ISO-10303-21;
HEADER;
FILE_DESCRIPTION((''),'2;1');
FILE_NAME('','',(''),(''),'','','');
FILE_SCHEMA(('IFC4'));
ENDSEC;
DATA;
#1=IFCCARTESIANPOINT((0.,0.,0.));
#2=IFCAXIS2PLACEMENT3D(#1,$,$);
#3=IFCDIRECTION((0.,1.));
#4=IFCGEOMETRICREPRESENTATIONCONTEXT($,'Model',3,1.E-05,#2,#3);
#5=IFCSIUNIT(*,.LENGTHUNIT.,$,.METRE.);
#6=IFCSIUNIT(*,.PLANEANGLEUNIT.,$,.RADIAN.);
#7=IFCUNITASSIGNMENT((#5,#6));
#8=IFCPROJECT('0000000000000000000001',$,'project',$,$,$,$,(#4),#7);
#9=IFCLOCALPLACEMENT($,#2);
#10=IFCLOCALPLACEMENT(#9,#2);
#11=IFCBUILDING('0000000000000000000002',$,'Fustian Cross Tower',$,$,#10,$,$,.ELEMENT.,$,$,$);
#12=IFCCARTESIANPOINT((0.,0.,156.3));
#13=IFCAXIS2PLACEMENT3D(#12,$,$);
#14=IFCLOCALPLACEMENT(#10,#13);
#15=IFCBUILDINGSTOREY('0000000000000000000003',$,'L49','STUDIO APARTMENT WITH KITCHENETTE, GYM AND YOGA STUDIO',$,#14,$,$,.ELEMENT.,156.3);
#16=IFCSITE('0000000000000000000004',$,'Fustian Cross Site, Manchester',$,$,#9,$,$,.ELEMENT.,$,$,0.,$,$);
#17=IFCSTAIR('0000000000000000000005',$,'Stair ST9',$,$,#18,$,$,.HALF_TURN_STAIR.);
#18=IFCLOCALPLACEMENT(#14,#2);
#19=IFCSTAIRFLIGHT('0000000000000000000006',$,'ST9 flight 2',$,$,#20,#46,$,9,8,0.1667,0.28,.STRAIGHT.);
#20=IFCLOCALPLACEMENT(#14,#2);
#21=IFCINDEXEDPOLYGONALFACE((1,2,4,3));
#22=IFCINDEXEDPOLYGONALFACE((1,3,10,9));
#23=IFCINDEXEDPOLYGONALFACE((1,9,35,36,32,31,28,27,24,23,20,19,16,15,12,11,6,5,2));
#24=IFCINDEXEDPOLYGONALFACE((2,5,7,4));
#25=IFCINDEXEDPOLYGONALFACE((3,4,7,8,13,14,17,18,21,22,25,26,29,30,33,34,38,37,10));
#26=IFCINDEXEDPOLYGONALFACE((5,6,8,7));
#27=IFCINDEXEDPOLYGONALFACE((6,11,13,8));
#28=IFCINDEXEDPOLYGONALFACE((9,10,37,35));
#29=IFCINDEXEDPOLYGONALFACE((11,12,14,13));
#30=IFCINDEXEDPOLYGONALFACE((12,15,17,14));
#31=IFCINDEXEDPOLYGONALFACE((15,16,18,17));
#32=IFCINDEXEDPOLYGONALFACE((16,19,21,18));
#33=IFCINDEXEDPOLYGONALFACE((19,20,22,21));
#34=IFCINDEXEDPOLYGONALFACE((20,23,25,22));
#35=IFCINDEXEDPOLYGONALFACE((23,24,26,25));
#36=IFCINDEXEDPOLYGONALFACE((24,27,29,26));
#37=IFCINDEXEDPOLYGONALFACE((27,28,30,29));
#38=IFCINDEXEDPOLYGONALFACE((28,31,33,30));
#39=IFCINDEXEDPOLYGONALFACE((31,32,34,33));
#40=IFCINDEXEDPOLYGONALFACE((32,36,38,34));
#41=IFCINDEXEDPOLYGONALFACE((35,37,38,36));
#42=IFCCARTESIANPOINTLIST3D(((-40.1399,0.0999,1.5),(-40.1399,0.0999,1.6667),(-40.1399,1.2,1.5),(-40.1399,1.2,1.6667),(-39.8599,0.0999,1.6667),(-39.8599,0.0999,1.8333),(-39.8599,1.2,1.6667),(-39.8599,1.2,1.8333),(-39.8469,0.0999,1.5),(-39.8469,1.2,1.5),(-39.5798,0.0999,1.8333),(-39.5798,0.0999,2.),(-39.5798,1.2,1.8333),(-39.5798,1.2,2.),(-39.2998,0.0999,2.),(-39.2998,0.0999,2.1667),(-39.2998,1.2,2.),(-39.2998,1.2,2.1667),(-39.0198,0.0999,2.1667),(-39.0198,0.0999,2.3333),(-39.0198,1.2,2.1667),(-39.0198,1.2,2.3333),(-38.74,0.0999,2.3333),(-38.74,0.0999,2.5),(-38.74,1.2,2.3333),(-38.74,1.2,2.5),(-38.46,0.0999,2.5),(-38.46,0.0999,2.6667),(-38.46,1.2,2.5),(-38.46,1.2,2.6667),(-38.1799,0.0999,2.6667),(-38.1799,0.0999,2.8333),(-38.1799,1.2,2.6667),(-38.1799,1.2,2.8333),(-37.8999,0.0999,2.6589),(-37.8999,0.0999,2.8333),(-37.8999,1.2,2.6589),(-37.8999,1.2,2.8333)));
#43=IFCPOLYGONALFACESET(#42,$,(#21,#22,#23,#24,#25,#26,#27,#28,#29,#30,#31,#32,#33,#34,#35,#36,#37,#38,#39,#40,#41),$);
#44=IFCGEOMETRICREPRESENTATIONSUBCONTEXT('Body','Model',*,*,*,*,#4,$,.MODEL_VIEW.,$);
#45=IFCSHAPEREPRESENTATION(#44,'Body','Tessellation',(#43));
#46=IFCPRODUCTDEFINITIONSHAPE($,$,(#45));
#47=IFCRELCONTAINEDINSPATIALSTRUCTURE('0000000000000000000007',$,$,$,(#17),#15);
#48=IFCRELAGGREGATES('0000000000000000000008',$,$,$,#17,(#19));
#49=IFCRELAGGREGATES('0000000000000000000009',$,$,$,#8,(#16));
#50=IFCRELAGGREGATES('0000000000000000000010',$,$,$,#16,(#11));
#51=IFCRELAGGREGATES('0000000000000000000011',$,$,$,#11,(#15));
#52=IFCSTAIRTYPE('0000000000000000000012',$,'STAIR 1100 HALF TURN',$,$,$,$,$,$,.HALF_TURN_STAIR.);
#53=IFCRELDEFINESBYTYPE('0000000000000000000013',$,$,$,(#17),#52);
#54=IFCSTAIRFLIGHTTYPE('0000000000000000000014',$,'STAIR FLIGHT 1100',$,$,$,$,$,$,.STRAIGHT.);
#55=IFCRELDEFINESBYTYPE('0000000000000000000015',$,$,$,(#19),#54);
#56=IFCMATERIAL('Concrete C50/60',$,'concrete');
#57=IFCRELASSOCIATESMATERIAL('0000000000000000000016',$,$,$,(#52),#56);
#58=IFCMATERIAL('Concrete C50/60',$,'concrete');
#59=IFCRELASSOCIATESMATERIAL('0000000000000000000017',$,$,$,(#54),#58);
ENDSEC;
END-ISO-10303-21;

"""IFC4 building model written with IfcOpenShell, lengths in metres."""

from ifc_helpers import new_model, si_unit, direction, frame, origin, place, context, subcontext, project, spatial, polyline, outline, extrude, material, type_object, element, aggregate, save


model = new_model("IFC4")

# Units and contexts
model_context = context("Model", 3, precision=1e-05, world=origin(), true_north=direction((0.0, 1.0)))
body_context = subcontext(model_context, "Body", "Model", "MODEL_VIEW")
ifc_project = project(units=[si_unit("LENGTHUNIT", "METRE"), si_unit("PLANEANGLEUNIT", "RADIAN")], contexts=[model_context])

# Site, building, storey
site_placement = place(None, origin())
site = spatial("IfcSite", under=ifc_project, at=site_placement, Name="Fustian Cross Site, Manchester", CompositionType="ELEMENT", RefElevation=0.0)
building_placement = place(site_placement, origin())
building = spatial("IfcBuilding", under=site, at=building_placement, Name="Fustian Cross Tower", CompositionType="ELEMENT")
storey_placement = place(building_placement, frame((0.0, 0.0, 156.3)))
storey = spatial("IfcBuildingStorey", under=building, at=storey_placement, Name="L49", Description="STUDIO APARTMENT WITH KITCHENETTE, GYM AND YOGA STUDIO", CompositionType="ELEMENT", Elevation=156.3)

# Stair, stair flight
ifc_material_1 = material(Name="Concrete C50/60", Category="concrete")
stair_type = type_object("IfcStairType", Name="STAIR 1100 HALF TURN", PredefinedType="HALF_TURN_STAIR", material=ifc_material_1)
stair_placement = place(storey_placement, origin())
stair = element("IfcStair", 1, at=stair_placement, inside=storey, type_object=stair_type, Name="Stair ST9", PredefinedType="HALF_TURN_STAIR")
ifc_material_2 = material(Name="Concrete C50/60", Category="concrete")
stair_flight_type = type_object("IfcStairFlightType", Name="STAIR FLIGHT 1100", PredefinedType="STRAIGHT", material=ifc_material_2)
stair_flight_placement = place(storey_placement, frame((-40.1399, 0.6499, 1.5), z_axis=(0.0, 0.0, 1.0), x_axis=(1.0, 0.0, 0.0)))
stair_flight = element("IfcStairFlight", 2, at=stair_flight_placement, type_object=stair_flight_type, Name="ST9 flight 2", NumberOfRisers=9, NumberOfTreads=8, PredefinedType="STRAIGHT", RiserHeight=0.1667, TreadLength=0.28, context=body_context, shape_type="SweptSolid", body=[
    extrude(outline(polyline([(0.0, 0.0), (0.0, 0.1667), (0.28, 0.1667), (0.28, 0.3333), (0.5601, 0.3333), (0.5601, 0.5), (0.8401, 0.5), (0.8401, 0.6667), (1.1201, 0.6667), (1.1201, 0.8333), (1.3999, 0.8333), (1.3999, 1.0), (1.6799, 1.0), (1.6799, 1.1667), (1.96, 1.1667), (1.96, 1.3333), (2.24, 1.3333), (2.24, 1.5), (2.24, 1.1589), (0.293, 0.0), (0.0, 0.0)])), frame((0.0, 0.55, 0.0), z_axis=(0.0, -1.0, 0.0), x_axis=(1.0, 0.0, 0.0)), (0.0, 0.0, 1.0), 1.1001),
])
aggregate(stair, [stair_flight])

save(model, "model.ifc")
